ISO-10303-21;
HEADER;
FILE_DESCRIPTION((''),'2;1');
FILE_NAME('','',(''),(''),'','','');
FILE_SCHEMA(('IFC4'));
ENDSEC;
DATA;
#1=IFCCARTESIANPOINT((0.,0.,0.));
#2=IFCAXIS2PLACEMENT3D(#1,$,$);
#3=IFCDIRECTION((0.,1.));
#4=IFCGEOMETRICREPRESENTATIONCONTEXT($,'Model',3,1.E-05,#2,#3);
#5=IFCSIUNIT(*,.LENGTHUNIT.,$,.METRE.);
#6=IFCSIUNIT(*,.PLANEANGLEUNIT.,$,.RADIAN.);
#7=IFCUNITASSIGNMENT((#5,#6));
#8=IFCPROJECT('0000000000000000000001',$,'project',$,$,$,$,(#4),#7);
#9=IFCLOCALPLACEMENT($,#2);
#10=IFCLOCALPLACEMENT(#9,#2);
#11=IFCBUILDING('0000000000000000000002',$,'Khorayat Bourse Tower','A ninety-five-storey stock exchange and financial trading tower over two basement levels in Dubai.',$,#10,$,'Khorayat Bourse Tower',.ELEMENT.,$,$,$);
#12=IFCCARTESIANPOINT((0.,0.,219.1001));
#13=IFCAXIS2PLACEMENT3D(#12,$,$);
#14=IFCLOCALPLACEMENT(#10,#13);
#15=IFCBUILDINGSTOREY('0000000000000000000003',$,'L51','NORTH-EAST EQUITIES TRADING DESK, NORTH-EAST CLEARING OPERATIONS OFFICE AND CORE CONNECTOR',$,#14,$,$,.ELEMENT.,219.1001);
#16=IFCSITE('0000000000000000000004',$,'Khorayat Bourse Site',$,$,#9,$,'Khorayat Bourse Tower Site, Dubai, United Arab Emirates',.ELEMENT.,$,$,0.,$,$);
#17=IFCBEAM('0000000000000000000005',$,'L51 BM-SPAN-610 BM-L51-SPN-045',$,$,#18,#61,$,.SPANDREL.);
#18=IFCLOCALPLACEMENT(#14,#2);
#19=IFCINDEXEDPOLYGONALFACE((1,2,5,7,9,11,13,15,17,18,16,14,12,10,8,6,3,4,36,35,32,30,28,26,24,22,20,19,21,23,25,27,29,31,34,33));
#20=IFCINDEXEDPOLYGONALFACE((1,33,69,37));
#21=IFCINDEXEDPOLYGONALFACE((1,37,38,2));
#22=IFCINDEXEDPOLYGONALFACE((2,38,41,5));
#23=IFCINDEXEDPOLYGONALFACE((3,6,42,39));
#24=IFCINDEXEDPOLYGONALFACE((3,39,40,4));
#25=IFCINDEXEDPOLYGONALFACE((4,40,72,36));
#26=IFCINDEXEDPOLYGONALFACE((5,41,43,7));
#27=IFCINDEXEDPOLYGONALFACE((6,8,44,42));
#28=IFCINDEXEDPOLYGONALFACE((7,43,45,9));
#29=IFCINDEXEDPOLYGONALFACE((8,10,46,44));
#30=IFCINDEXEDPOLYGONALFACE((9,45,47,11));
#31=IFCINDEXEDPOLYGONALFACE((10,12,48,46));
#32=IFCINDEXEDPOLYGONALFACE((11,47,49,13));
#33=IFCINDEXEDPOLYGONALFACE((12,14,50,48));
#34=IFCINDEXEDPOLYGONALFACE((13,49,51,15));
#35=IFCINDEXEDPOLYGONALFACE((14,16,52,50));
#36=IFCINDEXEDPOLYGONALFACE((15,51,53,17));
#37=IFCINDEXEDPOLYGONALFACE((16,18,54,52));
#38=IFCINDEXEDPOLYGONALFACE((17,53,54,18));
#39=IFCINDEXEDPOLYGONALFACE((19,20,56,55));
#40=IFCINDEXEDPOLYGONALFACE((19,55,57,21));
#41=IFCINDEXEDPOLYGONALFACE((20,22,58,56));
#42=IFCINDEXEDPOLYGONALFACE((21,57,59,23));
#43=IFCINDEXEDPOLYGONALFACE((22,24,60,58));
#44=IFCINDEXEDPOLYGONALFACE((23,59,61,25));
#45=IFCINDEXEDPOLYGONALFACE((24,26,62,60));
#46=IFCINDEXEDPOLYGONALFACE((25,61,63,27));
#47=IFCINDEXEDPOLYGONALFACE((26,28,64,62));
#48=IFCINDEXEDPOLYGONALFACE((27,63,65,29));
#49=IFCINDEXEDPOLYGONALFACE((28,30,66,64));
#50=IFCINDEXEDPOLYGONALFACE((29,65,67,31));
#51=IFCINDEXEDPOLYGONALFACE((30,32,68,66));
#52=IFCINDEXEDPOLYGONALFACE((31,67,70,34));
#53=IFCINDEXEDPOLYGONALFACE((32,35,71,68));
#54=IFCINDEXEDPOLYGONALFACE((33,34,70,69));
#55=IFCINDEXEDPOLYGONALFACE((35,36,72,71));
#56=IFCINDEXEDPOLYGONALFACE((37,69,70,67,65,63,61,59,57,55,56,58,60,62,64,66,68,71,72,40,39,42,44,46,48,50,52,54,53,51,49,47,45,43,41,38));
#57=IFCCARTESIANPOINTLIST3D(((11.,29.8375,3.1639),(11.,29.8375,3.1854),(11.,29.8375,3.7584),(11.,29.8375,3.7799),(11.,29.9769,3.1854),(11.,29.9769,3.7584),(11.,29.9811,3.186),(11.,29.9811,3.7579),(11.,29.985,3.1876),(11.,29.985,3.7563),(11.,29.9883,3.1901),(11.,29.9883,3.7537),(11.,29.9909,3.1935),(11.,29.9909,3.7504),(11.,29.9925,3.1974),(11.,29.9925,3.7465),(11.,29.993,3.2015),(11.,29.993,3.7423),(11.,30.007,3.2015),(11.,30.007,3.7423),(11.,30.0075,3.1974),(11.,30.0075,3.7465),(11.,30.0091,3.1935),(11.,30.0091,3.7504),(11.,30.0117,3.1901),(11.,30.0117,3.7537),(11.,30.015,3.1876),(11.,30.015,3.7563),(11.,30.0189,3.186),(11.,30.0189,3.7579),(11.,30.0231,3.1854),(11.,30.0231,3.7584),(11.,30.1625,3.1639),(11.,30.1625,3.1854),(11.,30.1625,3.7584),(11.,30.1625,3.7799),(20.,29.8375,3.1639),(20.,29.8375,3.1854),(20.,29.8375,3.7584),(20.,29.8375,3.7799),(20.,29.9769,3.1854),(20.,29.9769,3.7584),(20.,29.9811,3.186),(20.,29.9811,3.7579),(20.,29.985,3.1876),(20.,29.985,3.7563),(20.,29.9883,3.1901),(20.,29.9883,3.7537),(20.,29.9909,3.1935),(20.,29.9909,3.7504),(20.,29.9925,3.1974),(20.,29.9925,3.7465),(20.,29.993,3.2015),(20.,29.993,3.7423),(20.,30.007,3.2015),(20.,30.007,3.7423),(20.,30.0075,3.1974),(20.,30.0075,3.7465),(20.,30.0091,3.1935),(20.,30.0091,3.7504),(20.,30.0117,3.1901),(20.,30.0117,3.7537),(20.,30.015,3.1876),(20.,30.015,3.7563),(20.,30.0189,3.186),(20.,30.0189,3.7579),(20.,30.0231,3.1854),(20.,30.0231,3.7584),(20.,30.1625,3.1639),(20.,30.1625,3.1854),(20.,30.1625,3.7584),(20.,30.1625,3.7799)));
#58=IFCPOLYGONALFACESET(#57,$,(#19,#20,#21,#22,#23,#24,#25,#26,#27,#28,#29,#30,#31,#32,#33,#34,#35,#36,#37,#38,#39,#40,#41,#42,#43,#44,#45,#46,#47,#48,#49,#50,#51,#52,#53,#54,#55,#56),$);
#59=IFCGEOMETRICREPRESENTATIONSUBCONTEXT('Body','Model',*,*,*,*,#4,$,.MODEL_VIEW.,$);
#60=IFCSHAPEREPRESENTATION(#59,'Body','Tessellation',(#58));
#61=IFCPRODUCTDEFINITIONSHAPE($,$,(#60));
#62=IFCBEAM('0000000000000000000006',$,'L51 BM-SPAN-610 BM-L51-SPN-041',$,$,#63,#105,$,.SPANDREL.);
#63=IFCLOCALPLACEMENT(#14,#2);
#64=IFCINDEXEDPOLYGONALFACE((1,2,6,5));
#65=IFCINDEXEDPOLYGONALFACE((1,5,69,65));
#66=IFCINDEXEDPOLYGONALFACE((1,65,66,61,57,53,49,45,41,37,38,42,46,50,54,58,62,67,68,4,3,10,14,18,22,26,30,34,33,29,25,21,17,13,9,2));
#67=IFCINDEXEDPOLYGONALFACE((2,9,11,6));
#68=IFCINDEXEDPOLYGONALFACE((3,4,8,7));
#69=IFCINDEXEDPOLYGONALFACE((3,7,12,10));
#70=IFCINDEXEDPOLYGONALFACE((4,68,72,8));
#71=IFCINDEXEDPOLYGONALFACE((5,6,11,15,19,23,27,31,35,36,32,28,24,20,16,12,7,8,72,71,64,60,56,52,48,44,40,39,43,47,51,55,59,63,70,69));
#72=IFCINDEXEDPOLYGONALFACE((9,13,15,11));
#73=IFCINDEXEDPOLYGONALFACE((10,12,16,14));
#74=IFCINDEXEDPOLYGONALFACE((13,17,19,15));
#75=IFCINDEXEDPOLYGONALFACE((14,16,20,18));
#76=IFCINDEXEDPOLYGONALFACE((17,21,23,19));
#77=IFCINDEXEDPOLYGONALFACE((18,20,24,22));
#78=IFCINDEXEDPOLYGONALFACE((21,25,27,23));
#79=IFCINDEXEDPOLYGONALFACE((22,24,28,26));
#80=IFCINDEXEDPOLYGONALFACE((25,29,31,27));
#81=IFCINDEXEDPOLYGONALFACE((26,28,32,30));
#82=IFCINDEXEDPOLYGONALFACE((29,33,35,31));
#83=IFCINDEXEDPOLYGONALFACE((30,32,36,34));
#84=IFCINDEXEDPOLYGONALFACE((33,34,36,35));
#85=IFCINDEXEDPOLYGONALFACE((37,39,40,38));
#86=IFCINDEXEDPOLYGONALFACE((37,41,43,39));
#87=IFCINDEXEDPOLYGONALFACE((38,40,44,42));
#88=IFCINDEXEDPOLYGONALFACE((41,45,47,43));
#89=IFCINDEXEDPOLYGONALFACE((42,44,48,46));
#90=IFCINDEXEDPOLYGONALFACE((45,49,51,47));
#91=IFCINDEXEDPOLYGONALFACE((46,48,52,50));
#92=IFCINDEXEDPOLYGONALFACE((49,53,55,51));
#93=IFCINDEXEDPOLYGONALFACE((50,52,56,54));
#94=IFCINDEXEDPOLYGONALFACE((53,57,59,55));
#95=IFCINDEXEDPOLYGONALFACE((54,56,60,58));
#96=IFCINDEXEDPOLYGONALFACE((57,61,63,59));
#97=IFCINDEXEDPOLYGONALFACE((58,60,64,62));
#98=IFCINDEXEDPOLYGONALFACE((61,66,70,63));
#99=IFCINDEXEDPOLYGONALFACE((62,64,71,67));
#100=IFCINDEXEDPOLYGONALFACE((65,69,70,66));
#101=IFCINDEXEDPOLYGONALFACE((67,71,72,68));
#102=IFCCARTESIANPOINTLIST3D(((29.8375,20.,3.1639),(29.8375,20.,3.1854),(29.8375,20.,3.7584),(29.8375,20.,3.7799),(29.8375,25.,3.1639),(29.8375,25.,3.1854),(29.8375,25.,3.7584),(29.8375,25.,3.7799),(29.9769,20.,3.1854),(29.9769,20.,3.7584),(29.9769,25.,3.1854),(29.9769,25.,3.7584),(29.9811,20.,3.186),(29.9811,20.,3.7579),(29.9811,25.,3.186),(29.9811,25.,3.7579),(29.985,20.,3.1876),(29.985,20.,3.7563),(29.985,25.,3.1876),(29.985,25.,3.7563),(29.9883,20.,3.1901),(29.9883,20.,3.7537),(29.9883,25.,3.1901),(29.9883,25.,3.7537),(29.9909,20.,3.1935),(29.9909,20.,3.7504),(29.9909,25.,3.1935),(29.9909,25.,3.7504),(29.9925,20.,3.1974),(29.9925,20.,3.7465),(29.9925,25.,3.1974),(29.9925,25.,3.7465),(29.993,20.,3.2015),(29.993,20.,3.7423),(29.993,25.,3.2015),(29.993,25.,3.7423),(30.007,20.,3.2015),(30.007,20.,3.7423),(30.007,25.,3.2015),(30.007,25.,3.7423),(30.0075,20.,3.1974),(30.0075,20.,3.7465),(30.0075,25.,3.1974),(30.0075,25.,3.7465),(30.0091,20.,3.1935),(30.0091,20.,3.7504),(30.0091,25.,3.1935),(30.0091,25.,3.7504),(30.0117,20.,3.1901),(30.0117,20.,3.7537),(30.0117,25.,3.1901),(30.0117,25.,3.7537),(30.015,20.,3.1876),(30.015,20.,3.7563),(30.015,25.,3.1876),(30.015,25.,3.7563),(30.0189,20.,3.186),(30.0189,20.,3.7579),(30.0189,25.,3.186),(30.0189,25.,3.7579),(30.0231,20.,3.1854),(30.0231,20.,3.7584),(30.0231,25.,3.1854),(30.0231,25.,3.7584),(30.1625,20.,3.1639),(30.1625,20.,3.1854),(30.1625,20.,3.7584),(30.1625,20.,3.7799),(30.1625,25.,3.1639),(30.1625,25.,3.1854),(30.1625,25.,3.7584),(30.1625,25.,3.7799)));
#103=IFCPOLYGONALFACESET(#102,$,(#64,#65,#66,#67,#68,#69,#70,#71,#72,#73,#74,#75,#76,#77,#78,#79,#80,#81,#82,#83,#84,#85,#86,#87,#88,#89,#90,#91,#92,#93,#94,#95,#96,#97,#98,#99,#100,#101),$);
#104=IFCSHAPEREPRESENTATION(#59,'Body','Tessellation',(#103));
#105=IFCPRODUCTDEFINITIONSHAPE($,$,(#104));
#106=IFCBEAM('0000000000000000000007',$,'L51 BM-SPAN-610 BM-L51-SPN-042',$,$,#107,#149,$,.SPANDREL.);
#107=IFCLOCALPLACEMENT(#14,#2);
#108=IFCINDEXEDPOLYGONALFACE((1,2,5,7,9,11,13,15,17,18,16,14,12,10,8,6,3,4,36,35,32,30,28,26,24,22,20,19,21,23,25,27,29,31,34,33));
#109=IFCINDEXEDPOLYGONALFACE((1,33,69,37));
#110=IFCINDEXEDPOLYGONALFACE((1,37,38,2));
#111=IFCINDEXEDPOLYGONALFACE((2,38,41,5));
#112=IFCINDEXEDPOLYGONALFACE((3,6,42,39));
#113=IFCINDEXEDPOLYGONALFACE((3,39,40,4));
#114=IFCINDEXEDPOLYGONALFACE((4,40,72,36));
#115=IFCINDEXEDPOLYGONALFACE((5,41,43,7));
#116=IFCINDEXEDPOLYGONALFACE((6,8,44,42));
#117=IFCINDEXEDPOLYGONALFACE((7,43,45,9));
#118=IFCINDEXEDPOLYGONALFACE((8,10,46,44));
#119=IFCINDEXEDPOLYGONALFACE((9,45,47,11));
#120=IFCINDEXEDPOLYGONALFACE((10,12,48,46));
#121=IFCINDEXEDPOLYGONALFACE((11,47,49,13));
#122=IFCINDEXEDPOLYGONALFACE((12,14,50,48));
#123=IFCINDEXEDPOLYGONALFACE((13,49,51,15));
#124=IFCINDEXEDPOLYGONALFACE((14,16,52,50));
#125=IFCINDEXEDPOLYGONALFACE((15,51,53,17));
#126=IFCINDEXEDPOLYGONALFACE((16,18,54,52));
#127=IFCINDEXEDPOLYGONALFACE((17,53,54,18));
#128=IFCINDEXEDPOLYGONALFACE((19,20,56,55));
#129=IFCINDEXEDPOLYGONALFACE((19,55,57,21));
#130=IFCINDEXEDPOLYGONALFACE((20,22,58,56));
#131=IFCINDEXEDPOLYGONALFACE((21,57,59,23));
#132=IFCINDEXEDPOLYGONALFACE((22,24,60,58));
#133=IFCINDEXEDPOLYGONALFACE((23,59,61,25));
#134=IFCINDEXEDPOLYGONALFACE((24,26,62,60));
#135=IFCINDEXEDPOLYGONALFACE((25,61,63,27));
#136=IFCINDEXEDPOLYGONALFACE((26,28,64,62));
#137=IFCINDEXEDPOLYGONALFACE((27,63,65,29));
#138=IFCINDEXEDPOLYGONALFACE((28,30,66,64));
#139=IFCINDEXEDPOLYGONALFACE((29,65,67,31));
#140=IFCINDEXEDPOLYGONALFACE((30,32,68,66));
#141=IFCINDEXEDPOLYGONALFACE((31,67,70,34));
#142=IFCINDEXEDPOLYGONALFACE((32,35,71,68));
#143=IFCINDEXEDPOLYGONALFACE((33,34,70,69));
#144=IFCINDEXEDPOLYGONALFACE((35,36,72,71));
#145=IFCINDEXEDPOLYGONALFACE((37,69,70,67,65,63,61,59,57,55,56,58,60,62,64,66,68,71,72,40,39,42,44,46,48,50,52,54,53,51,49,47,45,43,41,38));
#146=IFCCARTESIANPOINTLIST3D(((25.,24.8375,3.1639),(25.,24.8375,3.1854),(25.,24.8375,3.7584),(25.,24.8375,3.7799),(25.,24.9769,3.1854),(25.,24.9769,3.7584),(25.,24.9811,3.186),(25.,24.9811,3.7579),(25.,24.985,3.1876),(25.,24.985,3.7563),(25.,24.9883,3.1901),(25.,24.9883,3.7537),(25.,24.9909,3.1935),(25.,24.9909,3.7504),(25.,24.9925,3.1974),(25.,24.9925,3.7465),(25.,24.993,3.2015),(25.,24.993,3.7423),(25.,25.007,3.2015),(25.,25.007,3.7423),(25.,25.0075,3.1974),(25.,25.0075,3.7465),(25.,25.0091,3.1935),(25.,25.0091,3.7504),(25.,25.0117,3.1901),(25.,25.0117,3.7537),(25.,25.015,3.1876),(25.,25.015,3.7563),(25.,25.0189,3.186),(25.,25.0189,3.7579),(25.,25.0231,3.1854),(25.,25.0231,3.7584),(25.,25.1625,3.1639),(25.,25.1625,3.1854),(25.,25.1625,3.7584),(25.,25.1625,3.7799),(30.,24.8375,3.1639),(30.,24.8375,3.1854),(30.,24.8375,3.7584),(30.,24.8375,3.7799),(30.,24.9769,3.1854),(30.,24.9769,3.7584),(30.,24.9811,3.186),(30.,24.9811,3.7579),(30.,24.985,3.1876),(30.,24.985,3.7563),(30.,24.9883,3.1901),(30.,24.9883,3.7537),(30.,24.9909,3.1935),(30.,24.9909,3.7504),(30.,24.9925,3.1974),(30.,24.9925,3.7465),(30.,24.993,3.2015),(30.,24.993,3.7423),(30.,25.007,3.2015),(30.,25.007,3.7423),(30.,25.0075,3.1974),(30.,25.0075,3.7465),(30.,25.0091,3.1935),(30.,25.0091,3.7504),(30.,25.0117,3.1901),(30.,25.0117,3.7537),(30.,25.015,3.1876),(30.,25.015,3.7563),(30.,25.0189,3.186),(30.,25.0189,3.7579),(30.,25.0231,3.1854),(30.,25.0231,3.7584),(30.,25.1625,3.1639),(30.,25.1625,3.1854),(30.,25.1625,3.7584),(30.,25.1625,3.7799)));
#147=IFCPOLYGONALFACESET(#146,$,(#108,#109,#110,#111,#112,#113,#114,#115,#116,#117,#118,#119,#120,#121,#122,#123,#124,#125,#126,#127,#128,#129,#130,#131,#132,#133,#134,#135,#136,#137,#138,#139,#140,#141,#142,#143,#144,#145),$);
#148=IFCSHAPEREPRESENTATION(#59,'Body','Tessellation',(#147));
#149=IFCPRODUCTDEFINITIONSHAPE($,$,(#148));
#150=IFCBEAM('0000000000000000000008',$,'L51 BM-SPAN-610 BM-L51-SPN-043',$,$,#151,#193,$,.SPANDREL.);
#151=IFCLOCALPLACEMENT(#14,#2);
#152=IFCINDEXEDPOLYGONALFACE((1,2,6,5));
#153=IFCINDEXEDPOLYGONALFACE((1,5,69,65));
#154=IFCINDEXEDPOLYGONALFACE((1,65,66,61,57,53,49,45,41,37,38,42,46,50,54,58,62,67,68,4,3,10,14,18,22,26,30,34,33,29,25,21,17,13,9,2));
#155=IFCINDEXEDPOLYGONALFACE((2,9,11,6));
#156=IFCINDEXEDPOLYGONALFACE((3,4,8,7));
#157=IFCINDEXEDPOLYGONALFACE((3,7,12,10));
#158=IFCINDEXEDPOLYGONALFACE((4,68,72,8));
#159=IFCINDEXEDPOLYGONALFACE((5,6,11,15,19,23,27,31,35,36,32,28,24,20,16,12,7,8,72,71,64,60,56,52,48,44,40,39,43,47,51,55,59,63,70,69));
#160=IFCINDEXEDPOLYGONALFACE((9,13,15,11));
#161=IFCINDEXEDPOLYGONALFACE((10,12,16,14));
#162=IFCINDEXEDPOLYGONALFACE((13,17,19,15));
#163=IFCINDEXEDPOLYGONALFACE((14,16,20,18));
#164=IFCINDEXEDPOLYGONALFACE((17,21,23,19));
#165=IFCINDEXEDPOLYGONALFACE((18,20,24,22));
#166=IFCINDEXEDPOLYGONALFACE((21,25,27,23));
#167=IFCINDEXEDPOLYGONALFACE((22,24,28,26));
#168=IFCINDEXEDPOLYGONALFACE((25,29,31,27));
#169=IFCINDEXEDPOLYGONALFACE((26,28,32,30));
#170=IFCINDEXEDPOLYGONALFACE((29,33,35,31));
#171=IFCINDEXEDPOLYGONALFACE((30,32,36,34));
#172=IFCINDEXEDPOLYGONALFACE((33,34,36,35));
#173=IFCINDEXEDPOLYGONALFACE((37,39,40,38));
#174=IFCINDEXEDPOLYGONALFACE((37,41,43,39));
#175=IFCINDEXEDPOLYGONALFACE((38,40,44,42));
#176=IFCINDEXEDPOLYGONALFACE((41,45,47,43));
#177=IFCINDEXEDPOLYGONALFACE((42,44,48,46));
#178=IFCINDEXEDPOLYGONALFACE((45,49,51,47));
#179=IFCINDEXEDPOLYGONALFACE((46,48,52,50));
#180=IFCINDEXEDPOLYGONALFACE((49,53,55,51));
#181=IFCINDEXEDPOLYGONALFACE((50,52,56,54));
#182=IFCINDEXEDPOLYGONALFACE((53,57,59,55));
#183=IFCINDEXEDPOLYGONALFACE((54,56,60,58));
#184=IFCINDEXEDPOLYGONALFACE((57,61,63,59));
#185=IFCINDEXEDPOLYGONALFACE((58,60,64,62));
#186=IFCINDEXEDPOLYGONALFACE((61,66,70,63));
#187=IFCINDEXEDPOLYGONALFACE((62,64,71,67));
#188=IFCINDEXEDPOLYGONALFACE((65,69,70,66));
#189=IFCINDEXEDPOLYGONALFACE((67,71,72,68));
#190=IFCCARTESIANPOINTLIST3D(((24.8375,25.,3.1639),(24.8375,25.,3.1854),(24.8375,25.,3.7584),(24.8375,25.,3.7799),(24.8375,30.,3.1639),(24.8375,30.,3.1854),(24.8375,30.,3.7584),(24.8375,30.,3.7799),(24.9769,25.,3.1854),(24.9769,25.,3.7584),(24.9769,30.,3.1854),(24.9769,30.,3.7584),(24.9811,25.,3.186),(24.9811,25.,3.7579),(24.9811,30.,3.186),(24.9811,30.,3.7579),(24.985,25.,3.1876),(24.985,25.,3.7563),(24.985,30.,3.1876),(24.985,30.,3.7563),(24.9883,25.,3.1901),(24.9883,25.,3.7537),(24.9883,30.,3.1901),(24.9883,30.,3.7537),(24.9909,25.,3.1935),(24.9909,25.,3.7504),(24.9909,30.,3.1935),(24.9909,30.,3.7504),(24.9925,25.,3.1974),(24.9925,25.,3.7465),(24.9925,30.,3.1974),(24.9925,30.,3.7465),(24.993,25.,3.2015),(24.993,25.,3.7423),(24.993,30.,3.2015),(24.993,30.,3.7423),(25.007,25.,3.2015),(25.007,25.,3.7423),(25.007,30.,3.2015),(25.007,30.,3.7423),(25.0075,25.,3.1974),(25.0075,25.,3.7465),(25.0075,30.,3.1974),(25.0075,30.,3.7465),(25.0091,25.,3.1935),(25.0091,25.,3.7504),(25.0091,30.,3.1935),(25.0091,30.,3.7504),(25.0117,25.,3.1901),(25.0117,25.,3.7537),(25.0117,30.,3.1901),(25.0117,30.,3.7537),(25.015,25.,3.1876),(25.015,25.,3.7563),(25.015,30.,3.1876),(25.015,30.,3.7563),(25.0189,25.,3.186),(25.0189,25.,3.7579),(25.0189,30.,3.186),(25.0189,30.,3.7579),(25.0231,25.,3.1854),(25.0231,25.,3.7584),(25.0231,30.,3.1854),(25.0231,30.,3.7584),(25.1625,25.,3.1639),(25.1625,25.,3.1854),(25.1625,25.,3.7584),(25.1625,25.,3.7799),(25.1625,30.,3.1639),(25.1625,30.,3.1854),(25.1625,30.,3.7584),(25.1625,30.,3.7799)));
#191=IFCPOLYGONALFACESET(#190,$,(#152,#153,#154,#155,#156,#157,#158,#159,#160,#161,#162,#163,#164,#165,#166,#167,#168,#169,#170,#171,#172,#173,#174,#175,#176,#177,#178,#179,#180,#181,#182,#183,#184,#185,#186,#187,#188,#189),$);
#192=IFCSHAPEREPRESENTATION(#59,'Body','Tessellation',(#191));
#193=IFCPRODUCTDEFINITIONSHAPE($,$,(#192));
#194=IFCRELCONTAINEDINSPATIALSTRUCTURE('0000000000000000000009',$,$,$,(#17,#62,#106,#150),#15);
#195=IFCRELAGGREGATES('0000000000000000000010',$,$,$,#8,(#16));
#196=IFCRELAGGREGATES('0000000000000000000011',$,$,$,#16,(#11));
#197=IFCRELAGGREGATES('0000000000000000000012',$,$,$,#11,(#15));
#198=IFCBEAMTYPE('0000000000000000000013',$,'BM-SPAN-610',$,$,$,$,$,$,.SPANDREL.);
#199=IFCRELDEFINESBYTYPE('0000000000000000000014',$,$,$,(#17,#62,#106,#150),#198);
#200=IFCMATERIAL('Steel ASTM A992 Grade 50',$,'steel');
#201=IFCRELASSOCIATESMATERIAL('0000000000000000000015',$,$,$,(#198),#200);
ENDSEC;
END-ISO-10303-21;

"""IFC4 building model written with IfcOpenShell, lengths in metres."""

from ifc_helpers import new_model, si_unit, direction, frame, origin, origin_2d, place, context, subcontext, project, spatial, i_section, extrude, source, transform, mapped, material, material_profile, profile_set, type_object, element, save


model = new_model("IFC4")

# Units and contexts
model_context = context("Model", 3, precision=1e-05, world=origin(), true_north=direction((0.0, 1.0)))
body_context = subcontext(model_context, "Body", "Model", "MODEL_VIEW")
ifc_project = project(units=[si_unit("LENGTHUNIT", "METRE"), si_unit("PLANEANGLEUNIT", "RADIAN")], contexts=[model_context])

# Site, building, storey
site_placement = place(None, origin())
site = spatial("IfcSite", under=ifc_project, at=site_placement, Name="Khorayat Bourse Site", LongName="Khorayat Bourse Tower Site, Dubai, United Arab Emirates", CompositionType="ELEMENT", RefElevation=0.0)
building_placement = place(site_placement, origin())
building = spatial("IfcBuilding", under=site, at=building_placement, Name="Khorayat Bourse Tower", Description="A ninety-five-storey stock exchange and financial trading tower over two basement levels in Dubai.", LongName="Khorayat Bourse Tower", CompositionType="ELEMENT")
storey_placement = place(building_placement, frame((0.0, 0.0, 219.1001)))
storey = spatial("IfcBuildingStorey", under=building, at=storey_placement, Name="L51", Description="NORTH-EAST EQUITIES TRADING DESK, NORTH-EAST CLEARING OPERATIONS OFFICE AND CORE CONNECTOR", CompositionType="ELEMENT", Elevation=219.1001)

# Beams
ifc_material_1 = material(Name="Steel ASTM A992 Grade 50", Category="steel")
ifc_material_profile_1 = material_profile(ifc_material_1, i_section(OverallWidth=0.325, OverallDepth=0.616, WebThickness=0.0139, FlangeThickness=0.0215, FilletRadius=0.0161, at=origin_2d()), Name="W610X174")
ifc_profile_set_1 = profile_set([ifc_material_profile_1], Name="Steel ASTM A992 Grade 50")
beam_type_1 = type_object("IfcBeamType", Name="BM-SPAN-610", PredefinedType="SPANDREL", material=ifc_profile_set_1)
shared_shape_1 = source(origin(), body_context, "Body", "SweptSolid", [
    extrude(i_section(OverallWidth=0.325, OverallDepth=0.616, WebThickness=0.0139, FlangeThickness=0.0215, FilletRadius=0.0161, at=origin_2d()), origin(), (0.0, 0.0, 1.0), 9.0),
])
beam_1_placement = place(storey_placement, frame((11.0, 30.0, 3.4719), z_axis=(1.0, 0.0, 0.0), x_axis=(0.0, 1.0, 0.0)))
element("IfcBeam", 1, at=beam_1_placement, inside=storey, type_object=beam_type_1, Name="L51 BM-SPAN-610 BM-L51-SPN-045", PredefinedType="SPANDREL", context=body_context, shape_type="MappedRepresentation", body=[
    mapped(shared_shape_1, transform((0.0, 0.0, 0.0), scale=1.0)),
])
shared_shape_2 = source(origin(), body_context, "Body", "SweptSolid", [
    extrude(i_section(OverallWidth=0.325, OverallDepth=0.616, WebThickness=0.0139, FlangeThickness=0.0215, FilletRadius=0.0161, at=origin_2d()), origin(), (0.0, 0.0, 1.0), 5.0),
])
for number, where, z_axis, x_axis, name in (
    (2, (30.0, 20.0, 3.4719), (0.0, 1.0, 0.0), (-1.0, 0.0, 0.0), "L51 BM-SPAN-610 BM-L51-SPN-041"),
    (3, (25.0, 25.0, 3.4719), (1.0, 0.0, 0.0), (0.0, 1.0, 0.0), "L51 BM-SPAN-610 BM-L51-SPN-042"),
    (4, (25.0, 25.0, 3.4719), (0.0, 1.0, 0.0), (-1.0, 0.0, 0.0), "L51 BM-SPAN-610 BM-L51-SPN-043"),
):
    element("IfcBeam", number, at=place(storey_placement, frame(where, z_axis=z_axis, x_axis=x_axis)), inside=storey, type_object=beam_type_1, Name=name, PredefinedType="SPANDREL", context=body_context, shape_type="MappedRepresentation", body=[
        mapped(shared_shape_2, transform((0.0, 0.0, 0.0), scale=1.0)),
    ])

save(model, "model.ifc")
